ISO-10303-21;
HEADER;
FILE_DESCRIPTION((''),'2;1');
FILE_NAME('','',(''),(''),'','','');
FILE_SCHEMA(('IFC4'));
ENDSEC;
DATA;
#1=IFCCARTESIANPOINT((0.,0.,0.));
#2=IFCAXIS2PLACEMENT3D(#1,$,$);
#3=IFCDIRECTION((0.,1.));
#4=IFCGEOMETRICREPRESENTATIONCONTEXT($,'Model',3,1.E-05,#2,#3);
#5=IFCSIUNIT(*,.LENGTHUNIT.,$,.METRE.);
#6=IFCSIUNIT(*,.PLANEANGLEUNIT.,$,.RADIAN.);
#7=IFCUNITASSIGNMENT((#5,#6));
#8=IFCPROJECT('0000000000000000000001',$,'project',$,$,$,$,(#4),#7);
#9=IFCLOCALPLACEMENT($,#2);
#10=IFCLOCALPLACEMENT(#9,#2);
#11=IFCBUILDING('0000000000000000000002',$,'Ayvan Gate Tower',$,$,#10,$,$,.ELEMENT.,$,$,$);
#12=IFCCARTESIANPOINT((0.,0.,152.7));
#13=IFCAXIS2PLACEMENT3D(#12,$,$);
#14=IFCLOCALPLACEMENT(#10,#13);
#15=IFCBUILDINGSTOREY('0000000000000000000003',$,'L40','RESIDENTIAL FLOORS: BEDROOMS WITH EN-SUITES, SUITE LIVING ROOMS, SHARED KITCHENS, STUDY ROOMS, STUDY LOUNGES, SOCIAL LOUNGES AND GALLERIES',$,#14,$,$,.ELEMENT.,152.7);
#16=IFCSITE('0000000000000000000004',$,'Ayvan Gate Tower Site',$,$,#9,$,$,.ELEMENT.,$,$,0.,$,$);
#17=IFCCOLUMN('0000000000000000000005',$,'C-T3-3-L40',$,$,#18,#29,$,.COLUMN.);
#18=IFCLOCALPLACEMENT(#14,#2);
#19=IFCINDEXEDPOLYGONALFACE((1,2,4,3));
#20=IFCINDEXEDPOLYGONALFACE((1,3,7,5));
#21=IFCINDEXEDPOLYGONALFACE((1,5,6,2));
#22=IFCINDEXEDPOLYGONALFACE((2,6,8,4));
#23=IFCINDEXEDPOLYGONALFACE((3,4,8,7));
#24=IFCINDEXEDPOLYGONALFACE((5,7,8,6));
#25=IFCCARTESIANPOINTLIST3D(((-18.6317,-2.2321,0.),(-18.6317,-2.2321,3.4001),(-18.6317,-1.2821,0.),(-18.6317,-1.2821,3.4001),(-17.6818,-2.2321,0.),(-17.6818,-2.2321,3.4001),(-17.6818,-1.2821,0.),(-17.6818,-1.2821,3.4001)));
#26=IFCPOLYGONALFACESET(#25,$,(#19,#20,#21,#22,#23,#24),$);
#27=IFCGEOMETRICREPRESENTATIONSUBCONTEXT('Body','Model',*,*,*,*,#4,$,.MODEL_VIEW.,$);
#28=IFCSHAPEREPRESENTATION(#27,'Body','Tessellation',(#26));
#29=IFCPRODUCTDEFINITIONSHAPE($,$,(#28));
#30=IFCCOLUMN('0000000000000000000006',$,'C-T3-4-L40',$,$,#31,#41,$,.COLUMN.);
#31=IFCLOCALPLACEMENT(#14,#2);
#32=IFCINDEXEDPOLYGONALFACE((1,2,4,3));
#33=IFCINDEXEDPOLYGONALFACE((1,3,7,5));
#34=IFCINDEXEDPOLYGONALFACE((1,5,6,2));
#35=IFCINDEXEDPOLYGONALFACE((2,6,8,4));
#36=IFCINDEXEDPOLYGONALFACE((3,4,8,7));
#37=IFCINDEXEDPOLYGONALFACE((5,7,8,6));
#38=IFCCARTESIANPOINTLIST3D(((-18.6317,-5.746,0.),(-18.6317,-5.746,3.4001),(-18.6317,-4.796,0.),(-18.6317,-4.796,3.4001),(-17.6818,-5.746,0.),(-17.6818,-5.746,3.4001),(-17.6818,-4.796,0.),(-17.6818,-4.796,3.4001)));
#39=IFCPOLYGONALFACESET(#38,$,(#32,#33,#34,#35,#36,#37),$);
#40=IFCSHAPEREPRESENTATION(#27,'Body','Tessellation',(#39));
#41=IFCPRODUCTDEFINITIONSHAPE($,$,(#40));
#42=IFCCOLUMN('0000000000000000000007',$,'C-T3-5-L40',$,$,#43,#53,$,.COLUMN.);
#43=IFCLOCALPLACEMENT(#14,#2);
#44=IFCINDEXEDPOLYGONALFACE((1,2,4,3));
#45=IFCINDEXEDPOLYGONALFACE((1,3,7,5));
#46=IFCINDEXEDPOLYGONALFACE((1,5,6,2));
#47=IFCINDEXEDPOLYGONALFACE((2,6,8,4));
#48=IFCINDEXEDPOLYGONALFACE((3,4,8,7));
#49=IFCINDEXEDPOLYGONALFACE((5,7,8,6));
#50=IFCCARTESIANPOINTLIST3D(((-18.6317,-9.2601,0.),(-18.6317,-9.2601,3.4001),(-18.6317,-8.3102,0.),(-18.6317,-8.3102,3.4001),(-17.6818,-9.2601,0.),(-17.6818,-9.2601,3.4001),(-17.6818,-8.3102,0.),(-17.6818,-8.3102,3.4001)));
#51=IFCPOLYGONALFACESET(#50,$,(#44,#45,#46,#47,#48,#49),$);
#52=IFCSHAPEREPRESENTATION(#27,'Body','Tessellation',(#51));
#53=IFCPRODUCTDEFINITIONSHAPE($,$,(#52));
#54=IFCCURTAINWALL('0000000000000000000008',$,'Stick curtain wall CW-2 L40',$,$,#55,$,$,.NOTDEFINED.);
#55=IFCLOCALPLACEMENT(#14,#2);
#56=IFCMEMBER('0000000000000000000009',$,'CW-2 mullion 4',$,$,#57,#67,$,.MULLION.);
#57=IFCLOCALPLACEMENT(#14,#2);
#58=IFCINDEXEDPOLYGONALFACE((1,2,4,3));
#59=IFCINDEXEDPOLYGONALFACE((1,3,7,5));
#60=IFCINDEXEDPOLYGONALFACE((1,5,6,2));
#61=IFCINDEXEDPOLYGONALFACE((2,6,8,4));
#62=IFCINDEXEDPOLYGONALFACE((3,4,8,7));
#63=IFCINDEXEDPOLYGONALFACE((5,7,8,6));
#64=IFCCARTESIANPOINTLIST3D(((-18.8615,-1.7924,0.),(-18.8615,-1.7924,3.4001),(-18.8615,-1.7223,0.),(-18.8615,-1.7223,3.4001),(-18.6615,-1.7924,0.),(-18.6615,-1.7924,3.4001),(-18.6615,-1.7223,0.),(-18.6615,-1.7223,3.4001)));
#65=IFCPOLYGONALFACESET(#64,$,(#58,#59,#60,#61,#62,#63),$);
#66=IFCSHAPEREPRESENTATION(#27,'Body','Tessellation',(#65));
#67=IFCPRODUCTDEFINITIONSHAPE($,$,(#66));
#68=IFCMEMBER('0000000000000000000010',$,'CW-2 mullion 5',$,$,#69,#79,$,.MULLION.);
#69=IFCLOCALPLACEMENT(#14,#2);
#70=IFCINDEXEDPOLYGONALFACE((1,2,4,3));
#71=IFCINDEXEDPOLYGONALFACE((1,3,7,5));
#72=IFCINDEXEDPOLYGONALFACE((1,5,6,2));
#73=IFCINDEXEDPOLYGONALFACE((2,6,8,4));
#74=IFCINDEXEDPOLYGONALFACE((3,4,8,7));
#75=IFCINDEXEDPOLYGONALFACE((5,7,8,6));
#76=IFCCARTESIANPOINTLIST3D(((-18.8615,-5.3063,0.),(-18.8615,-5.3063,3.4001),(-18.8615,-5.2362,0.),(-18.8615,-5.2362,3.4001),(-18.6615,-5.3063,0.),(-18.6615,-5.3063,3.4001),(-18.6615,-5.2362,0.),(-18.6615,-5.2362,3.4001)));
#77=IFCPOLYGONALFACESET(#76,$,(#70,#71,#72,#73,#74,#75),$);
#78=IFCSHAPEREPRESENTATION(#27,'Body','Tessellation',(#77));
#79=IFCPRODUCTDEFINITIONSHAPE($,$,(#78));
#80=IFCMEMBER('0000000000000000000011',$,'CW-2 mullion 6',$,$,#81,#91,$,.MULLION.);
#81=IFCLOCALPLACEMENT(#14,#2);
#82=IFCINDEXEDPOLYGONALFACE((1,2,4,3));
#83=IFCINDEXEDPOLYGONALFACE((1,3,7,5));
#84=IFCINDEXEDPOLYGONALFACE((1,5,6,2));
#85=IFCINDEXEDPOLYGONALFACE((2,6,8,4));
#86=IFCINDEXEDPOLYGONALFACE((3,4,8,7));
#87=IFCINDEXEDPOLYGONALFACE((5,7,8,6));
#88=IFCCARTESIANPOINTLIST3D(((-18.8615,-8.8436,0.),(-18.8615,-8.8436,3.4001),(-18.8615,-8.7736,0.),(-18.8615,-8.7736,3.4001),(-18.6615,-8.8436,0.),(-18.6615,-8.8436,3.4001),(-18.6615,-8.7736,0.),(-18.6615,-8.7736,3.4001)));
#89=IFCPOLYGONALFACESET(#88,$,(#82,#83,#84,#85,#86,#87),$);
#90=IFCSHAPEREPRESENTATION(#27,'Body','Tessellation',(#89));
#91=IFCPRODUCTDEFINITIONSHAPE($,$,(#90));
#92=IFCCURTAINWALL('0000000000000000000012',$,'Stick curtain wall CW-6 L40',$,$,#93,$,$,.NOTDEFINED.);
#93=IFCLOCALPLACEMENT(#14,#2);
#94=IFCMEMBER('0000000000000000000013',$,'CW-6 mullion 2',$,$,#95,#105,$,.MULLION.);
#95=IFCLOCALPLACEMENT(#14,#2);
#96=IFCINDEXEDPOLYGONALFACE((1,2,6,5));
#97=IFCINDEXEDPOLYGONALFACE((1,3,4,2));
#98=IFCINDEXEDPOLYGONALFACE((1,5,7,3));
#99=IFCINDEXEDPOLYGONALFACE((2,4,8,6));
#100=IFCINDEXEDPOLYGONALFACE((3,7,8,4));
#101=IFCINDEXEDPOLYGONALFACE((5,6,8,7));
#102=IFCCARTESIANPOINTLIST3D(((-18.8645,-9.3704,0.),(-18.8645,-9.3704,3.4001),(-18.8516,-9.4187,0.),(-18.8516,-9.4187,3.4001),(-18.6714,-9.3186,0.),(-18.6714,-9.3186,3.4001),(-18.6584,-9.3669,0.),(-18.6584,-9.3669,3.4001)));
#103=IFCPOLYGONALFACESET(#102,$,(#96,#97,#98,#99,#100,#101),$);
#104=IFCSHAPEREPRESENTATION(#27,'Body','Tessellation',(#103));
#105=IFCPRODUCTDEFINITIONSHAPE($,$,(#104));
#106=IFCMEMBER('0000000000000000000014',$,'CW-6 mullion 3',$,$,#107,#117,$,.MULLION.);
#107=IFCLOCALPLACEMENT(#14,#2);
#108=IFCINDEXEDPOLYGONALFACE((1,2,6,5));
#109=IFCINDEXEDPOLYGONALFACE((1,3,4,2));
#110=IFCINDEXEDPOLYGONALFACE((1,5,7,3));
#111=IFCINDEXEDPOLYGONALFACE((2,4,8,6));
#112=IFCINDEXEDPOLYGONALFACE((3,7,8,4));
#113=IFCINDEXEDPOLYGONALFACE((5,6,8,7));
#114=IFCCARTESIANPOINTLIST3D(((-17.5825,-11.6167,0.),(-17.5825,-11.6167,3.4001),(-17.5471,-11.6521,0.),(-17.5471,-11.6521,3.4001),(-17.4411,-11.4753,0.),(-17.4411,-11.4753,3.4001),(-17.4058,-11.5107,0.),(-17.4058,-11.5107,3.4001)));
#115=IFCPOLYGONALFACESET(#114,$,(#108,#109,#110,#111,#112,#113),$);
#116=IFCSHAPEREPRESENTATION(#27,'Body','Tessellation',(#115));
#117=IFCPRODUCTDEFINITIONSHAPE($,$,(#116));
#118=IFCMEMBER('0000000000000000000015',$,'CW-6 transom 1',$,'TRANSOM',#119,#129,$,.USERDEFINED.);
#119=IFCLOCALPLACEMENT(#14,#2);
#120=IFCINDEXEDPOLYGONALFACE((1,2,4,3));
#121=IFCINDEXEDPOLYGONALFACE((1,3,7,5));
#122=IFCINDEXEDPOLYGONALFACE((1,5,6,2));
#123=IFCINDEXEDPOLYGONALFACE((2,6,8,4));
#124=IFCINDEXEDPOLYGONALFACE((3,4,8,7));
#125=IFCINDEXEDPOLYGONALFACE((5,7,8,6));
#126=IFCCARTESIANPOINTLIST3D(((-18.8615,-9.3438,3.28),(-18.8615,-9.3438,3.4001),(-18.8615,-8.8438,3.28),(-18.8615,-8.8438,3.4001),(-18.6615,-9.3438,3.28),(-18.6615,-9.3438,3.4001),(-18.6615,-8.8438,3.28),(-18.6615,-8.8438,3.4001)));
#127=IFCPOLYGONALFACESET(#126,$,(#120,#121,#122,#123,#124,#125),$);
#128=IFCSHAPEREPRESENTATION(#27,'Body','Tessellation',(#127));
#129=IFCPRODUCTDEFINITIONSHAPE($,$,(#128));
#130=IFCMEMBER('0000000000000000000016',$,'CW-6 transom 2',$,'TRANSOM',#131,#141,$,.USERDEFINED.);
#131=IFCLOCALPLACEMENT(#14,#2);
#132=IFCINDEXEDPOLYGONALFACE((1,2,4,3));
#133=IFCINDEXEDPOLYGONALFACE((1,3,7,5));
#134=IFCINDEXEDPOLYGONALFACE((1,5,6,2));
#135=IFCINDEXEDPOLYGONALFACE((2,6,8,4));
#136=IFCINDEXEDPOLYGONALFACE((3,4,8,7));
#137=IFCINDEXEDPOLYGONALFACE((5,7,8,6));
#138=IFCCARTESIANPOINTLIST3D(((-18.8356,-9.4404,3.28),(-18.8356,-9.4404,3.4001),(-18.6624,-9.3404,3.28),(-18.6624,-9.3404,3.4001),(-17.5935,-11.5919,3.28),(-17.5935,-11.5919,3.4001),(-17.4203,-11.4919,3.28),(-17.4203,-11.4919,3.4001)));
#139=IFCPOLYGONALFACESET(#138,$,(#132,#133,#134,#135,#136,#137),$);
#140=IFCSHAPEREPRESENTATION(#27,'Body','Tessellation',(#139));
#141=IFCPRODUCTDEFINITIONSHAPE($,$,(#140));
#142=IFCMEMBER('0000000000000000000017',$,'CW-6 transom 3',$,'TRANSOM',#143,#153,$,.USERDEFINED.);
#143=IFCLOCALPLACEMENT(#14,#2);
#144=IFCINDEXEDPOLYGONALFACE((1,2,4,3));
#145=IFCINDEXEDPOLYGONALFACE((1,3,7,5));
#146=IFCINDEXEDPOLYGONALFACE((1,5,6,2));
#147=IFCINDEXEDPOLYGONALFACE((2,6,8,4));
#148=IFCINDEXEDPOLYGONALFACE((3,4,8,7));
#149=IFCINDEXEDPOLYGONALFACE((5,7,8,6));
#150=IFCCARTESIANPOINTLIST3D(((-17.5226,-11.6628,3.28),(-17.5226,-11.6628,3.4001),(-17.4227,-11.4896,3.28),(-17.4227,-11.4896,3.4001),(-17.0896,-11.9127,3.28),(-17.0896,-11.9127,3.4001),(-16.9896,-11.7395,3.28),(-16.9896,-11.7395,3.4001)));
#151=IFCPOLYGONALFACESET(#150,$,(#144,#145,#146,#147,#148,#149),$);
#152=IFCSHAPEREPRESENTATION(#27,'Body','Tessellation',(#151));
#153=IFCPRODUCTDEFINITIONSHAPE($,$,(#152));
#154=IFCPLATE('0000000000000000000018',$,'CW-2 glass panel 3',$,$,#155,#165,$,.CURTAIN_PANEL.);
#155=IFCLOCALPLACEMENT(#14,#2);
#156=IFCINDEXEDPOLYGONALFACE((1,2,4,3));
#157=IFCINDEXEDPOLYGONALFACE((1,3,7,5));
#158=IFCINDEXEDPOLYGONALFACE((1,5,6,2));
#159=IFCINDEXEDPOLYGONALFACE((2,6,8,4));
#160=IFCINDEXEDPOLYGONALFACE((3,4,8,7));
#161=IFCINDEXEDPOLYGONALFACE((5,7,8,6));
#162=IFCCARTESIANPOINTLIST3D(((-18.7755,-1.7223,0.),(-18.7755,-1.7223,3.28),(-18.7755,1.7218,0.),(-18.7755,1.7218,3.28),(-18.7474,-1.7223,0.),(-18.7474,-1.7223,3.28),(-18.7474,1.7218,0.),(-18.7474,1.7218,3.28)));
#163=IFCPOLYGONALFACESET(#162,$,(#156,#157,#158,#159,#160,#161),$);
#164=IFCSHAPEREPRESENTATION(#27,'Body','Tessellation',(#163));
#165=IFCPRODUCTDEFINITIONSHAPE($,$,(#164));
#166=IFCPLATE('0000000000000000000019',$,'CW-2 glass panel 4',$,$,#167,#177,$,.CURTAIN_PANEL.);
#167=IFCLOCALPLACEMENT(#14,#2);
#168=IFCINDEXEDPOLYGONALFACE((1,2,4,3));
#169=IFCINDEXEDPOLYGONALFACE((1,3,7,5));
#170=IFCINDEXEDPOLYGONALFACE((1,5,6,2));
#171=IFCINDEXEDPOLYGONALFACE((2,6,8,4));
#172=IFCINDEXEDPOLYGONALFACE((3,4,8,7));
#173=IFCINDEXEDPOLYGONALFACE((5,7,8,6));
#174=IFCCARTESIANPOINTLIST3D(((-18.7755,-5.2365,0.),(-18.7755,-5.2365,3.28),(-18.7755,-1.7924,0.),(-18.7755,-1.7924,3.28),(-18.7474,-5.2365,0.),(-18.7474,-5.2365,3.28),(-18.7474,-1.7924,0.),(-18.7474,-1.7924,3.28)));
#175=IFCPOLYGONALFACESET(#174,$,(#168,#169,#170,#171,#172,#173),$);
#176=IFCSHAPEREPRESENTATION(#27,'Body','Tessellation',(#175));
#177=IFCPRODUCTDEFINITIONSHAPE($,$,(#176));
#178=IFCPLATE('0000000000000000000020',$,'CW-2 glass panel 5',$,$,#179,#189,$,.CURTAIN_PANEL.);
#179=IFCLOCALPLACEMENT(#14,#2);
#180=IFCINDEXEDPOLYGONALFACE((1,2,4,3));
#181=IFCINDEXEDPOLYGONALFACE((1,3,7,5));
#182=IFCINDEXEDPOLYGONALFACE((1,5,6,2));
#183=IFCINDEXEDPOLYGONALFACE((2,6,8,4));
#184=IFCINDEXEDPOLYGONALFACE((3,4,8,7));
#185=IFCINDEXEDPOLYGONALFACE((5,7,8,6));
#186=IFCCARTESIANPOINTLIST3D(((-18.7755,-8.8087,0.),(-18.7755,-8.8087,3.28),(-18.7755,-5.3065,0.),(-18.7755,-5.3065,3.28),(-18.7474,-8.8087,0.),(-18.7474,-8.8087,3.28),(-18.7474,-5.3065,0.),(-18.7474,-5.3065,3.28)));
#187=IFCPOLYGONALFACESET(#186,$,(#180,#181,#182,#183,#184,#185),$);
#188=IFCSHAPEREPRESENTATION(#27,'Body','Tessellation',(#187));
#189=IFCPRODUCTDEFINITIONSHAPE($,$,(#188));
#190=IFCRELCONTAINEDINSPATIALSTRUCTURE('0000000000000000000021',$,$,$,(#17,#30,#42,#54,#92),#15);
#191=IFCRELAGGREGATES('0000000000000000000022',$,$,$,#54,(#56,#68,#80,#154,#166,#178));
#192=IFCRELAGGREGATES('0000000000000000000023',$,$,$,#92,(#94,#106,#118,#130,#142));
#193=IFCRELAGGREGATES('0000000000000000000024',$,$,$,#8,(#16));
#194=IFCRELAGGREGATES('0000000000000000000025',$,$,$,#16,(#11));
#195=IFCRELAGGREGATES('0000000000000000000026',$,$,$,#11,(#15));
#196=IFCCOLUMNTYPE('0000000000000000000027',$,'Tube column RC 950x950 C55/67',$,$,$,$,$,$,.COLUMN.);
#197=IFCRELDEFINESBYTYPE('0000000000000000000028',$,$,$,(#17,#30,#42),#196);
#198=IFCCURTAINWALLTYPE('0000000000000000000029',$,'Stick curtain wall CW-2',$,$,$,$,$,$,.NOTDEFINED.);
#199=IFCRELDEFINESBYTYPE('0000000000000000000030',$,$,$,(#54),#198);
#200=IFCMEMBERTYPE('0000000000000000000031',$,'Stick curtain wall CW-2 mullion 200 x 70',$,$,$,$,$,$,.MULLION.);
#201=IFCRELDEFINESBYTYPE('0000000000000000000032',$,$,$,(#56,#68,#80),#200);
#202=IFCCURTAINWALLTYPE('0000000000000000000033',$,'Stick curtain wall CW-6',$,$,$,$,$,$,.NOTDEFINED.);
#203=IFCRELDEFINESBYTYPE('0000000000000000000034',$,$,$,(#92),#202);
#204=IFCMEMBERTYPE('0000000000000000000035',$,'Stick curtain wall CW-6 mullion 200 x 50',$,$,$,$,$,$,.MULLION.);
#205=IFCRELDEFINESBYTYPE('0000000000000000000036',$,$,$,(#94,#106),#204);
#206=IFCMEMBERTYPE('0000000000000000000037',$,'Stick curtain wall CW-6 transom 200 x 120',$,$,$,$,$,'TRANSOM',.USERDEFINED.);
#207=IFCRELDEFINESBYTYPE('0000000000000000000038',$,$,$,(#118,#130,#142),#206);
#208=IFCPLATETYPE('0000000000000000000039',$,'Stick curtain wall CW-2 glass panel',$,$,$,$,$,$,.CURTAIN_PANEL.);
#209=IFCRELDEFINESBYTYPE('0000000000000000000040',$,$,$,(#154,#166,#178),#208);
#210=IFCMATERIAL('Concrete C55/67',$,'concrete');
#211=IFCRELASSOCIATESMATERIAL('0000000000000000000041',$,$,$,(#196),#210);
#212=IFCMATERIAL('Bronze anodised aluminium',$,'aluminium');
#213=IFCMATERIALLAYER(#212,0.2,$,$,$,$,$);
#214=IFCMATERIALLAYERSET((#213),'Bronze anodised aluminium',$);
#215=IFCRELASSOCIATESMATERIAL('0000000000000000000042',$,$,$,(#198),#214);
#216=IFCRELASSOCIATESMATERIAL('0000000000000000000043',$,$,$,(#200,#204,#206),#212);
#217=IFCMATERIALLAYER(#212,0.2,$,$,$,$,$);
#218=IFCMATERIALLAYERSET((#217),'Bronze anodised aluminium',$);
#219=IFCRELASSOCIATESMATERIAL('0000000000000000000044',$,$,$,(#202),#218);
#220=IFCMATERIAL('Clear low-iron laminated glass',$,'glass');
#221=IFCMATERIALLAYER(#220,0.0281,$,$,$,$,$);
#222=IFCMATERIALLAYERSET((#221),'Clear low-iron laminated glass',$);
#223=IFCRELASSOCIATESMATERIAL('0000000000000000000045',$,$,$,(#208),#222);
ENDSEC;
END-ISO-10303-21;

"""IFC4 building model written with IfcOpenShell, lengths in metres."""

from ifc_helpers import new_model, si_unit, direction, frame, origin, origin_2d, place, context, subcontext, project, spatial, rectangle, extrude, material, layer, layer_set, material_profile, profile_set, type_object, element, aggregate, save


model = new_model("IFC4")

# Units and contexts
model_context = context("Model", 3, precision=1e-05, world=origin(), true_north=direction((0.0, 1.0)))
body_context = subcontext(model_context, "Body", "Model", "MODEL_VIEW")
ifc_project = project(units=[si_unit("LENGTHUNIT", "METRE"), si_unit("PLANEANGLEUNIT", "RADIAN")], contexts=[model_context])

# Site, building, storey
site_placement = place(None, origin())
site = spatial("IfcSite", under=ifc_project, at=site_placement, Name="Ayvan Gate Tower Site", CompositionType="ELEMENT", RefElevation=0.0)
building_placement = place(site_placement, origin())
building = spatial("IfcBuilding", under=site, at=building_placement, Name="Ayvan Gate Tower", CompositionType="ELEMENT")
storey_placement = place(building_placement, frame((0.0, 0.0, 152.7)))
storey = spatial("IfcBuildingStorey", under=building, at=storey_placement, Name="L40", Description="RESIDENTIAL FLOORS: BEDROOMS WITH EN-SUITES, SUITE LIVING ROOMS, SHARED KITCHENS, STUDY ROOMS, STUDY LOUNGES, SOCIAL LOUNGES AND GALLERIES", CompositionType="ELEMENT", Elevation=152.7)

# Columns
ifc_material_1 = material(Name="Concrete C55/67", Category="concrete")
ifc_material_profile_1 = material_profile(ifc_material_1, rectangle(XDim=0.95, YDim=0.95, at=origin_2d()), Name="RC 950x950")
ifc_profile_set_1 = profile_set([ifc_material_profile_1], Name="Concrete C55/67")
column_type = type_object("IfcColumnType", Name="Tube column RC 950x950 C55/67", PredefinedType="COLUMN", material=ifc_profile_set_1)
for number, where, z_axis, x_axis, name in (
    (1, (-18.1567, -1.7571, 0.0), (0.0, 0.0, 1.0), (-1.0, 0.0, 0.0), "C-T3-3-L40"),
    (2, (-18.1567, -5.271, 0.0), (0.0, 0.0, 1.0), (-1.0, 0.0, 0.0), "C-T3-4-L40"),
    (3, (-18.1567, -8.7852, 0.0), (0.0, 0.0, 1.0), (-1.0, 0.0, 0.0), "C-T3-5-L40"),
):
    element("IfcColumn", number, at=place(storey_placement, frame(where, z_axis=z_axis, x_axis=x_axis)), inside=storey, type_object=column_type, Name=name, PredefinedType="COLUMN", context=body_context, shape_type="SweptSolid", body=[
        extrude(rectangle(XDim=0.95, YDim=0.95, at=origin_2d()), origin(), (0.0, 0.0, 1.0), 3.4001),
    ])

# Curtain walls, members
ifc_material_2 = material(Name="Bronze anodised aluminium", Category="aluminium")
ifc_layer_1 = layer(ifc_material_2, 0.2)
ifc_layer_set_1 = layer_set([ifc_layer_1], Name="Bronze anodised aluminium")
curtain_wall_type_1 = type_object("IfcCurtainWallType", Name="Stick curtain wall CW-2", PredefinedType="NOTDEFINED", material=ifc_layer_set_1)
curtain_wall_1_placement = place(storey_placement, origin())
curtain_wall_1 = element("IfcCurtainWall", 4, at=curtain_wall_1_placement, inside=storey, type_object=curtain_wall_type_1, Name="Stick curtain wall CW-2 L40", PredefinedType="NOTDEFINED")
ifc_material_profile_2 = material_profile(ifc_material_2, rectangle(XDim=0.2, YDim=0.0701, at=origin_2d()), Name="Stick curtain wall CW-2 mullion 200 x 70")
ifc_profile_set_2 = profile_set([ifc_material_profile_2], Name="Bronze anodised aluminium")
member_type_1 = type_object("IfcMemberType", Name="Stick curtain wall CW-2 mullion 200 x 70", PredefinedType="MULLION", material=ifc_profile_set_2)
member_1_placement = place(storey_placement, frame((-18.7615, -1.7573, 0.0), z_axis=(0.0, 0.0, 1.0), x_axis=(-1.0, 0.0, 0.0)))
member_1 = element("IfcMember", 5, at=member_1_placement, type_object=member_type_1, Name="CW-2 mullion 4", PredefinedType="MULLION", context=body_context, shape_type="SweptSolid", body=[
    extrude(rectangle(XDim=0.2, YDim=0.0701, at=origin_2d()), origin(), (0.0, 0.0, 1.0), 3.4001),
])
member_2_placement = place(storey_placement, frame((-18.7615, -5.2712, 0.0), z_axis=(0.0, 0.0, 1.0), x_axis=(-1.0, 0.0, 0.0)))
member_2 = element("IfcMember", 6, at=member_2_placement, type_object=member_type_1, Name="CW-2 mullion 5", PredefinedType="MULLION", context=body_context, shape_type="SweptSolid", body=[
    extrude(rectangle(XDim=0.2, YDim=0.0701, at=origin_2d()), origin(), (0.0, 0.0, 1.0), 3.4001),
])
member_3_placement = place(storey_placement, frame((-18.7615, -8.8086, 0.0), z_axis=(0.0, 0.0, 1.0), x_axis=(-1.0, 0.0, 0.0)))
member_3 = element("IfcMember", 7, at=member_3_placement, type_object=member_type_1, Name="CW-2 mullion 6", PredefinedType="MULLION", context=body_context, shape_type="SweptSolid", body=[
    extrude(rectangle(XDim=0.2, YDim=0.0701, at=origin_2d()), origin(), (0.0, 0.0, 1.0), 3.4001),
])
ifc_layer_2 = layer(ifc_material_2, 0.2)
ifc_layer_set_2 = layer_set([ifc_layer_2], Name="Bronze anodised aluminium")
curtain_wall_type_2 = type_object("IfcCurtainWallType", Name="Stick curtain wall CW-6", PredefinedType="NOTDEFINED", material=ifc_layer_set_2)
curtain_wall_2_placement = place(storey_placement, origin())
curtain_wall_2 = element("IfcCurtainWall", 8, at=curtain_wall_2_placement, inside=storey, type_object=curtain_wall_type_2, Name="Stick curtain wall CW-6 L40", PredefinedType="NOTDEFINED")
ifc_material_profile_3 = material_profile(ifc_material_2, rectangle(XDim=0.2, YDim=0.05, at=origin_2d()), Name="Stick curtain wall CW-6 mullion 200 x 50")
ifc_profile_set_3 = profile_set([ifc_material_profile_3], Name="Bronze anodised aluminium")
member_type_2 = type_object("IfcMemberType", Name="Stick curtain wall CW-6 mullion 200 x 50", PredefinedType="MULLION", material=ifc_profile_set_3)
member_4_placement = place(storey_placement, frame((-18.7615, -9.3687, 0.0), z_axis=(0.0, 0.0, 1.0), x_axis=(-0.965926, -0.258819, 0.0)))
member_4 = element("IfcMember", 9, at=member_4_placement, type_object=member_type_2, Name="CW-6 mullion 2", PredefinedType="MULLION", context=body_context, shape_type="SweptSolid", body=[
    extrude(rectangle(XDim=0.2, YDim=0.05, at=origin_2d()), origin(), (0.0, 0.0, 1.0), 3.4001),
])
member_5_placement = place(storey_placement, frame((-17.4941, -11.5637, 0.0), z_axis=(0.0, 0.0, 1.0), x_axis=(-0.707107, -0.707107, 0.0)))
member_5 = element("IfcMember", 10, at=member_5_placement, type_object=member_type_2, Name="CW-6 mullion 3", PredefinedType="MULLION", context=body_context, shape_type="SweptSolid", body=[
    extrude(rectangle(XDim=0.2, YDim=0.05, at=origin_2d()), origin(), (0.0, 0.0, 1.0), 3.4001),
])
ifc_material_profile_4 = material_profile(ifc_material_2, rectangle(XDim=0.2, YDim=0.1201, at=origin_2d()), Name="Stick curtain wall CW-6 transom 200 x 120")
ifc_profile_set_4 = profile_set([ifc_material_profile_4], Name="Bronze anodised aluminium")
member_type_3 = type_object("IfcMemberType", Name="Stick curtain wall CW-6 transom 200 x 120", ElementType="TRANSOM", PredefinedType="USERDEFINED", material=ifc_profile_set_4)
member_6_placement = place(storey_placement, frame((-18.7615, -8.8438, 3.3401), z_axis=(0.0, -1.0, 0.0), x_axis=(1.0, 0.0, 0.0)))
member_6 = element("IfcMember", 11, at=member_6_placement, type_object=member_type_3, Name="CW-6 transom 1", ObjectType="TRANSOM", PredefinedType="USERDEFINED", context=body_context, shape_type="SweptSolid", body=[
    extrude(rectangle(XDim=0.2, YDim=0.1201, at=origin_2d()), origin(), (0.0, 0.0, 1.0), 0.5),
])
member_7_placement = place(storey_placement, frame((-18.749, -9.3904, 3.3401), z_axis=(0.499986, -0.866033, 0.0), x_axis=(0.866033, 0.499986, 0.0)))
member_7 = element("IfcMember", 12, at=member_7_placement, type_object=member_type_3, Name="CW-6 transom 2", ObjectType="TRANSOM", PredefinedType="USERDEFINED", context=body_context, shape_type="SweptSolid", body=[
    extrude(rectangle(XDim=0.2, YDim=0.1201, at=origin_2d()), origin(), (0.0, 0.0, 1.0), 2.4844),
])
member_8_placement = place(storey_placement, frame((-17.4727, -11.5762, 3.3401), z_axis=(0.866072, -0.49992, 0.0), x_axis=(0.49992, 0.866072, 0.0)))
member_8 = element("IfcMember", 13, at=member_8_placement, type_object=member_type_3, Name="CW-6 transom 3", ObjectType="TRANSOM", PredefinedType="USERDEFINED", context=body_context, shape_type="SweptSolid", body=[
    extrude(rectangle(XDim=0.2, YDim=0.1201, at=origin_2d()), origin(), (0.0, 0.0, 1.0), 0.5),
])

# Plates
ifc_material_3 = material(Name="Clear low-iron laminated glass", Category="glass")
ifc_layer_3 = layer(ifc_material_3, 0.0281)
ifc_layer_set_3 = layer_set([ifc_layer_3], Name="Clear low-iron laminated glass")
plate_type_1 = type_object("IfcPlateType", Name="Stick curtain wall CW-2 glass panel", PredefinedType="CURTAIN_PANEL", material=ifc_layer_set_3)
plate_1_placement = place(storey_placement, frame((-18.7615, -0.0002, 0.0), z_axis=(0.0, 0.0, 1.0), x_axis=(0.0, -1.0, 0.0)))
plate_1 = element("IfcPlate", 14, at=plate_1_placement, type_object=plate_type_1, Name="CW-2 glass panel 3", PredefinedType="CURTAIN_PANEL", context=body_context, shape_type="SweptSolid", body=[
    extrude(rectangle(XDim=3.4441, YDim=0.0281, at=origin_2d()), origin(), (0.0, 0.0, 1.0), 3.28),
])
plate_2_placement = place(storey_placement, frame((-18.7615, -3.5144, 0.0), z_axis=(0.0, 0.0, 1.0), x_axis=(0.0, -1.0, 0.0)))
plate_2 = element("IfcPlate", 15, at=plate_2_placement, type_object=plate_type_1, Name="CW-2 glass panel 4", PredefinedType="CURTAIN_PANEL", context=body_context, shape_type="SweptSolid", body=[
    extrude(rectangle(XDim=3.4441, YDim=0.0281, at=origin_2d()), origin(), (0.0, 0.0, 1.0), 3.28),
])
plate_3_placement = place(storey_placement, frame((-18.7615, -7.0576, 0.0), z_axis=(0.0, 0.0, 1.0), x_axis=(0.0, -1.0, 0.0)))
plate_3 = element("IfcPlate", 16, at=plate_3_placement, type_object=plate_type_1, Name="CW-2 glass panel 5", PredefinedType="CURTAIN_PANEL", context=body_context, shape_type="SweptSolid", body=[
    extrude(rectangle(XDim=3.5022, YDim=0.0281, at=origin_2d()), origin(), (0.0, 0.0, 1.0), 3.28),
])
aggregate(curtain_wall_1, [member_1, member_2, member_3, plate_1, plate_2, plate_3])
aggregate(curtain_wall_2, [member_4, member_5, member_6, member_7, member_8])

save(model, "model.ifc")
